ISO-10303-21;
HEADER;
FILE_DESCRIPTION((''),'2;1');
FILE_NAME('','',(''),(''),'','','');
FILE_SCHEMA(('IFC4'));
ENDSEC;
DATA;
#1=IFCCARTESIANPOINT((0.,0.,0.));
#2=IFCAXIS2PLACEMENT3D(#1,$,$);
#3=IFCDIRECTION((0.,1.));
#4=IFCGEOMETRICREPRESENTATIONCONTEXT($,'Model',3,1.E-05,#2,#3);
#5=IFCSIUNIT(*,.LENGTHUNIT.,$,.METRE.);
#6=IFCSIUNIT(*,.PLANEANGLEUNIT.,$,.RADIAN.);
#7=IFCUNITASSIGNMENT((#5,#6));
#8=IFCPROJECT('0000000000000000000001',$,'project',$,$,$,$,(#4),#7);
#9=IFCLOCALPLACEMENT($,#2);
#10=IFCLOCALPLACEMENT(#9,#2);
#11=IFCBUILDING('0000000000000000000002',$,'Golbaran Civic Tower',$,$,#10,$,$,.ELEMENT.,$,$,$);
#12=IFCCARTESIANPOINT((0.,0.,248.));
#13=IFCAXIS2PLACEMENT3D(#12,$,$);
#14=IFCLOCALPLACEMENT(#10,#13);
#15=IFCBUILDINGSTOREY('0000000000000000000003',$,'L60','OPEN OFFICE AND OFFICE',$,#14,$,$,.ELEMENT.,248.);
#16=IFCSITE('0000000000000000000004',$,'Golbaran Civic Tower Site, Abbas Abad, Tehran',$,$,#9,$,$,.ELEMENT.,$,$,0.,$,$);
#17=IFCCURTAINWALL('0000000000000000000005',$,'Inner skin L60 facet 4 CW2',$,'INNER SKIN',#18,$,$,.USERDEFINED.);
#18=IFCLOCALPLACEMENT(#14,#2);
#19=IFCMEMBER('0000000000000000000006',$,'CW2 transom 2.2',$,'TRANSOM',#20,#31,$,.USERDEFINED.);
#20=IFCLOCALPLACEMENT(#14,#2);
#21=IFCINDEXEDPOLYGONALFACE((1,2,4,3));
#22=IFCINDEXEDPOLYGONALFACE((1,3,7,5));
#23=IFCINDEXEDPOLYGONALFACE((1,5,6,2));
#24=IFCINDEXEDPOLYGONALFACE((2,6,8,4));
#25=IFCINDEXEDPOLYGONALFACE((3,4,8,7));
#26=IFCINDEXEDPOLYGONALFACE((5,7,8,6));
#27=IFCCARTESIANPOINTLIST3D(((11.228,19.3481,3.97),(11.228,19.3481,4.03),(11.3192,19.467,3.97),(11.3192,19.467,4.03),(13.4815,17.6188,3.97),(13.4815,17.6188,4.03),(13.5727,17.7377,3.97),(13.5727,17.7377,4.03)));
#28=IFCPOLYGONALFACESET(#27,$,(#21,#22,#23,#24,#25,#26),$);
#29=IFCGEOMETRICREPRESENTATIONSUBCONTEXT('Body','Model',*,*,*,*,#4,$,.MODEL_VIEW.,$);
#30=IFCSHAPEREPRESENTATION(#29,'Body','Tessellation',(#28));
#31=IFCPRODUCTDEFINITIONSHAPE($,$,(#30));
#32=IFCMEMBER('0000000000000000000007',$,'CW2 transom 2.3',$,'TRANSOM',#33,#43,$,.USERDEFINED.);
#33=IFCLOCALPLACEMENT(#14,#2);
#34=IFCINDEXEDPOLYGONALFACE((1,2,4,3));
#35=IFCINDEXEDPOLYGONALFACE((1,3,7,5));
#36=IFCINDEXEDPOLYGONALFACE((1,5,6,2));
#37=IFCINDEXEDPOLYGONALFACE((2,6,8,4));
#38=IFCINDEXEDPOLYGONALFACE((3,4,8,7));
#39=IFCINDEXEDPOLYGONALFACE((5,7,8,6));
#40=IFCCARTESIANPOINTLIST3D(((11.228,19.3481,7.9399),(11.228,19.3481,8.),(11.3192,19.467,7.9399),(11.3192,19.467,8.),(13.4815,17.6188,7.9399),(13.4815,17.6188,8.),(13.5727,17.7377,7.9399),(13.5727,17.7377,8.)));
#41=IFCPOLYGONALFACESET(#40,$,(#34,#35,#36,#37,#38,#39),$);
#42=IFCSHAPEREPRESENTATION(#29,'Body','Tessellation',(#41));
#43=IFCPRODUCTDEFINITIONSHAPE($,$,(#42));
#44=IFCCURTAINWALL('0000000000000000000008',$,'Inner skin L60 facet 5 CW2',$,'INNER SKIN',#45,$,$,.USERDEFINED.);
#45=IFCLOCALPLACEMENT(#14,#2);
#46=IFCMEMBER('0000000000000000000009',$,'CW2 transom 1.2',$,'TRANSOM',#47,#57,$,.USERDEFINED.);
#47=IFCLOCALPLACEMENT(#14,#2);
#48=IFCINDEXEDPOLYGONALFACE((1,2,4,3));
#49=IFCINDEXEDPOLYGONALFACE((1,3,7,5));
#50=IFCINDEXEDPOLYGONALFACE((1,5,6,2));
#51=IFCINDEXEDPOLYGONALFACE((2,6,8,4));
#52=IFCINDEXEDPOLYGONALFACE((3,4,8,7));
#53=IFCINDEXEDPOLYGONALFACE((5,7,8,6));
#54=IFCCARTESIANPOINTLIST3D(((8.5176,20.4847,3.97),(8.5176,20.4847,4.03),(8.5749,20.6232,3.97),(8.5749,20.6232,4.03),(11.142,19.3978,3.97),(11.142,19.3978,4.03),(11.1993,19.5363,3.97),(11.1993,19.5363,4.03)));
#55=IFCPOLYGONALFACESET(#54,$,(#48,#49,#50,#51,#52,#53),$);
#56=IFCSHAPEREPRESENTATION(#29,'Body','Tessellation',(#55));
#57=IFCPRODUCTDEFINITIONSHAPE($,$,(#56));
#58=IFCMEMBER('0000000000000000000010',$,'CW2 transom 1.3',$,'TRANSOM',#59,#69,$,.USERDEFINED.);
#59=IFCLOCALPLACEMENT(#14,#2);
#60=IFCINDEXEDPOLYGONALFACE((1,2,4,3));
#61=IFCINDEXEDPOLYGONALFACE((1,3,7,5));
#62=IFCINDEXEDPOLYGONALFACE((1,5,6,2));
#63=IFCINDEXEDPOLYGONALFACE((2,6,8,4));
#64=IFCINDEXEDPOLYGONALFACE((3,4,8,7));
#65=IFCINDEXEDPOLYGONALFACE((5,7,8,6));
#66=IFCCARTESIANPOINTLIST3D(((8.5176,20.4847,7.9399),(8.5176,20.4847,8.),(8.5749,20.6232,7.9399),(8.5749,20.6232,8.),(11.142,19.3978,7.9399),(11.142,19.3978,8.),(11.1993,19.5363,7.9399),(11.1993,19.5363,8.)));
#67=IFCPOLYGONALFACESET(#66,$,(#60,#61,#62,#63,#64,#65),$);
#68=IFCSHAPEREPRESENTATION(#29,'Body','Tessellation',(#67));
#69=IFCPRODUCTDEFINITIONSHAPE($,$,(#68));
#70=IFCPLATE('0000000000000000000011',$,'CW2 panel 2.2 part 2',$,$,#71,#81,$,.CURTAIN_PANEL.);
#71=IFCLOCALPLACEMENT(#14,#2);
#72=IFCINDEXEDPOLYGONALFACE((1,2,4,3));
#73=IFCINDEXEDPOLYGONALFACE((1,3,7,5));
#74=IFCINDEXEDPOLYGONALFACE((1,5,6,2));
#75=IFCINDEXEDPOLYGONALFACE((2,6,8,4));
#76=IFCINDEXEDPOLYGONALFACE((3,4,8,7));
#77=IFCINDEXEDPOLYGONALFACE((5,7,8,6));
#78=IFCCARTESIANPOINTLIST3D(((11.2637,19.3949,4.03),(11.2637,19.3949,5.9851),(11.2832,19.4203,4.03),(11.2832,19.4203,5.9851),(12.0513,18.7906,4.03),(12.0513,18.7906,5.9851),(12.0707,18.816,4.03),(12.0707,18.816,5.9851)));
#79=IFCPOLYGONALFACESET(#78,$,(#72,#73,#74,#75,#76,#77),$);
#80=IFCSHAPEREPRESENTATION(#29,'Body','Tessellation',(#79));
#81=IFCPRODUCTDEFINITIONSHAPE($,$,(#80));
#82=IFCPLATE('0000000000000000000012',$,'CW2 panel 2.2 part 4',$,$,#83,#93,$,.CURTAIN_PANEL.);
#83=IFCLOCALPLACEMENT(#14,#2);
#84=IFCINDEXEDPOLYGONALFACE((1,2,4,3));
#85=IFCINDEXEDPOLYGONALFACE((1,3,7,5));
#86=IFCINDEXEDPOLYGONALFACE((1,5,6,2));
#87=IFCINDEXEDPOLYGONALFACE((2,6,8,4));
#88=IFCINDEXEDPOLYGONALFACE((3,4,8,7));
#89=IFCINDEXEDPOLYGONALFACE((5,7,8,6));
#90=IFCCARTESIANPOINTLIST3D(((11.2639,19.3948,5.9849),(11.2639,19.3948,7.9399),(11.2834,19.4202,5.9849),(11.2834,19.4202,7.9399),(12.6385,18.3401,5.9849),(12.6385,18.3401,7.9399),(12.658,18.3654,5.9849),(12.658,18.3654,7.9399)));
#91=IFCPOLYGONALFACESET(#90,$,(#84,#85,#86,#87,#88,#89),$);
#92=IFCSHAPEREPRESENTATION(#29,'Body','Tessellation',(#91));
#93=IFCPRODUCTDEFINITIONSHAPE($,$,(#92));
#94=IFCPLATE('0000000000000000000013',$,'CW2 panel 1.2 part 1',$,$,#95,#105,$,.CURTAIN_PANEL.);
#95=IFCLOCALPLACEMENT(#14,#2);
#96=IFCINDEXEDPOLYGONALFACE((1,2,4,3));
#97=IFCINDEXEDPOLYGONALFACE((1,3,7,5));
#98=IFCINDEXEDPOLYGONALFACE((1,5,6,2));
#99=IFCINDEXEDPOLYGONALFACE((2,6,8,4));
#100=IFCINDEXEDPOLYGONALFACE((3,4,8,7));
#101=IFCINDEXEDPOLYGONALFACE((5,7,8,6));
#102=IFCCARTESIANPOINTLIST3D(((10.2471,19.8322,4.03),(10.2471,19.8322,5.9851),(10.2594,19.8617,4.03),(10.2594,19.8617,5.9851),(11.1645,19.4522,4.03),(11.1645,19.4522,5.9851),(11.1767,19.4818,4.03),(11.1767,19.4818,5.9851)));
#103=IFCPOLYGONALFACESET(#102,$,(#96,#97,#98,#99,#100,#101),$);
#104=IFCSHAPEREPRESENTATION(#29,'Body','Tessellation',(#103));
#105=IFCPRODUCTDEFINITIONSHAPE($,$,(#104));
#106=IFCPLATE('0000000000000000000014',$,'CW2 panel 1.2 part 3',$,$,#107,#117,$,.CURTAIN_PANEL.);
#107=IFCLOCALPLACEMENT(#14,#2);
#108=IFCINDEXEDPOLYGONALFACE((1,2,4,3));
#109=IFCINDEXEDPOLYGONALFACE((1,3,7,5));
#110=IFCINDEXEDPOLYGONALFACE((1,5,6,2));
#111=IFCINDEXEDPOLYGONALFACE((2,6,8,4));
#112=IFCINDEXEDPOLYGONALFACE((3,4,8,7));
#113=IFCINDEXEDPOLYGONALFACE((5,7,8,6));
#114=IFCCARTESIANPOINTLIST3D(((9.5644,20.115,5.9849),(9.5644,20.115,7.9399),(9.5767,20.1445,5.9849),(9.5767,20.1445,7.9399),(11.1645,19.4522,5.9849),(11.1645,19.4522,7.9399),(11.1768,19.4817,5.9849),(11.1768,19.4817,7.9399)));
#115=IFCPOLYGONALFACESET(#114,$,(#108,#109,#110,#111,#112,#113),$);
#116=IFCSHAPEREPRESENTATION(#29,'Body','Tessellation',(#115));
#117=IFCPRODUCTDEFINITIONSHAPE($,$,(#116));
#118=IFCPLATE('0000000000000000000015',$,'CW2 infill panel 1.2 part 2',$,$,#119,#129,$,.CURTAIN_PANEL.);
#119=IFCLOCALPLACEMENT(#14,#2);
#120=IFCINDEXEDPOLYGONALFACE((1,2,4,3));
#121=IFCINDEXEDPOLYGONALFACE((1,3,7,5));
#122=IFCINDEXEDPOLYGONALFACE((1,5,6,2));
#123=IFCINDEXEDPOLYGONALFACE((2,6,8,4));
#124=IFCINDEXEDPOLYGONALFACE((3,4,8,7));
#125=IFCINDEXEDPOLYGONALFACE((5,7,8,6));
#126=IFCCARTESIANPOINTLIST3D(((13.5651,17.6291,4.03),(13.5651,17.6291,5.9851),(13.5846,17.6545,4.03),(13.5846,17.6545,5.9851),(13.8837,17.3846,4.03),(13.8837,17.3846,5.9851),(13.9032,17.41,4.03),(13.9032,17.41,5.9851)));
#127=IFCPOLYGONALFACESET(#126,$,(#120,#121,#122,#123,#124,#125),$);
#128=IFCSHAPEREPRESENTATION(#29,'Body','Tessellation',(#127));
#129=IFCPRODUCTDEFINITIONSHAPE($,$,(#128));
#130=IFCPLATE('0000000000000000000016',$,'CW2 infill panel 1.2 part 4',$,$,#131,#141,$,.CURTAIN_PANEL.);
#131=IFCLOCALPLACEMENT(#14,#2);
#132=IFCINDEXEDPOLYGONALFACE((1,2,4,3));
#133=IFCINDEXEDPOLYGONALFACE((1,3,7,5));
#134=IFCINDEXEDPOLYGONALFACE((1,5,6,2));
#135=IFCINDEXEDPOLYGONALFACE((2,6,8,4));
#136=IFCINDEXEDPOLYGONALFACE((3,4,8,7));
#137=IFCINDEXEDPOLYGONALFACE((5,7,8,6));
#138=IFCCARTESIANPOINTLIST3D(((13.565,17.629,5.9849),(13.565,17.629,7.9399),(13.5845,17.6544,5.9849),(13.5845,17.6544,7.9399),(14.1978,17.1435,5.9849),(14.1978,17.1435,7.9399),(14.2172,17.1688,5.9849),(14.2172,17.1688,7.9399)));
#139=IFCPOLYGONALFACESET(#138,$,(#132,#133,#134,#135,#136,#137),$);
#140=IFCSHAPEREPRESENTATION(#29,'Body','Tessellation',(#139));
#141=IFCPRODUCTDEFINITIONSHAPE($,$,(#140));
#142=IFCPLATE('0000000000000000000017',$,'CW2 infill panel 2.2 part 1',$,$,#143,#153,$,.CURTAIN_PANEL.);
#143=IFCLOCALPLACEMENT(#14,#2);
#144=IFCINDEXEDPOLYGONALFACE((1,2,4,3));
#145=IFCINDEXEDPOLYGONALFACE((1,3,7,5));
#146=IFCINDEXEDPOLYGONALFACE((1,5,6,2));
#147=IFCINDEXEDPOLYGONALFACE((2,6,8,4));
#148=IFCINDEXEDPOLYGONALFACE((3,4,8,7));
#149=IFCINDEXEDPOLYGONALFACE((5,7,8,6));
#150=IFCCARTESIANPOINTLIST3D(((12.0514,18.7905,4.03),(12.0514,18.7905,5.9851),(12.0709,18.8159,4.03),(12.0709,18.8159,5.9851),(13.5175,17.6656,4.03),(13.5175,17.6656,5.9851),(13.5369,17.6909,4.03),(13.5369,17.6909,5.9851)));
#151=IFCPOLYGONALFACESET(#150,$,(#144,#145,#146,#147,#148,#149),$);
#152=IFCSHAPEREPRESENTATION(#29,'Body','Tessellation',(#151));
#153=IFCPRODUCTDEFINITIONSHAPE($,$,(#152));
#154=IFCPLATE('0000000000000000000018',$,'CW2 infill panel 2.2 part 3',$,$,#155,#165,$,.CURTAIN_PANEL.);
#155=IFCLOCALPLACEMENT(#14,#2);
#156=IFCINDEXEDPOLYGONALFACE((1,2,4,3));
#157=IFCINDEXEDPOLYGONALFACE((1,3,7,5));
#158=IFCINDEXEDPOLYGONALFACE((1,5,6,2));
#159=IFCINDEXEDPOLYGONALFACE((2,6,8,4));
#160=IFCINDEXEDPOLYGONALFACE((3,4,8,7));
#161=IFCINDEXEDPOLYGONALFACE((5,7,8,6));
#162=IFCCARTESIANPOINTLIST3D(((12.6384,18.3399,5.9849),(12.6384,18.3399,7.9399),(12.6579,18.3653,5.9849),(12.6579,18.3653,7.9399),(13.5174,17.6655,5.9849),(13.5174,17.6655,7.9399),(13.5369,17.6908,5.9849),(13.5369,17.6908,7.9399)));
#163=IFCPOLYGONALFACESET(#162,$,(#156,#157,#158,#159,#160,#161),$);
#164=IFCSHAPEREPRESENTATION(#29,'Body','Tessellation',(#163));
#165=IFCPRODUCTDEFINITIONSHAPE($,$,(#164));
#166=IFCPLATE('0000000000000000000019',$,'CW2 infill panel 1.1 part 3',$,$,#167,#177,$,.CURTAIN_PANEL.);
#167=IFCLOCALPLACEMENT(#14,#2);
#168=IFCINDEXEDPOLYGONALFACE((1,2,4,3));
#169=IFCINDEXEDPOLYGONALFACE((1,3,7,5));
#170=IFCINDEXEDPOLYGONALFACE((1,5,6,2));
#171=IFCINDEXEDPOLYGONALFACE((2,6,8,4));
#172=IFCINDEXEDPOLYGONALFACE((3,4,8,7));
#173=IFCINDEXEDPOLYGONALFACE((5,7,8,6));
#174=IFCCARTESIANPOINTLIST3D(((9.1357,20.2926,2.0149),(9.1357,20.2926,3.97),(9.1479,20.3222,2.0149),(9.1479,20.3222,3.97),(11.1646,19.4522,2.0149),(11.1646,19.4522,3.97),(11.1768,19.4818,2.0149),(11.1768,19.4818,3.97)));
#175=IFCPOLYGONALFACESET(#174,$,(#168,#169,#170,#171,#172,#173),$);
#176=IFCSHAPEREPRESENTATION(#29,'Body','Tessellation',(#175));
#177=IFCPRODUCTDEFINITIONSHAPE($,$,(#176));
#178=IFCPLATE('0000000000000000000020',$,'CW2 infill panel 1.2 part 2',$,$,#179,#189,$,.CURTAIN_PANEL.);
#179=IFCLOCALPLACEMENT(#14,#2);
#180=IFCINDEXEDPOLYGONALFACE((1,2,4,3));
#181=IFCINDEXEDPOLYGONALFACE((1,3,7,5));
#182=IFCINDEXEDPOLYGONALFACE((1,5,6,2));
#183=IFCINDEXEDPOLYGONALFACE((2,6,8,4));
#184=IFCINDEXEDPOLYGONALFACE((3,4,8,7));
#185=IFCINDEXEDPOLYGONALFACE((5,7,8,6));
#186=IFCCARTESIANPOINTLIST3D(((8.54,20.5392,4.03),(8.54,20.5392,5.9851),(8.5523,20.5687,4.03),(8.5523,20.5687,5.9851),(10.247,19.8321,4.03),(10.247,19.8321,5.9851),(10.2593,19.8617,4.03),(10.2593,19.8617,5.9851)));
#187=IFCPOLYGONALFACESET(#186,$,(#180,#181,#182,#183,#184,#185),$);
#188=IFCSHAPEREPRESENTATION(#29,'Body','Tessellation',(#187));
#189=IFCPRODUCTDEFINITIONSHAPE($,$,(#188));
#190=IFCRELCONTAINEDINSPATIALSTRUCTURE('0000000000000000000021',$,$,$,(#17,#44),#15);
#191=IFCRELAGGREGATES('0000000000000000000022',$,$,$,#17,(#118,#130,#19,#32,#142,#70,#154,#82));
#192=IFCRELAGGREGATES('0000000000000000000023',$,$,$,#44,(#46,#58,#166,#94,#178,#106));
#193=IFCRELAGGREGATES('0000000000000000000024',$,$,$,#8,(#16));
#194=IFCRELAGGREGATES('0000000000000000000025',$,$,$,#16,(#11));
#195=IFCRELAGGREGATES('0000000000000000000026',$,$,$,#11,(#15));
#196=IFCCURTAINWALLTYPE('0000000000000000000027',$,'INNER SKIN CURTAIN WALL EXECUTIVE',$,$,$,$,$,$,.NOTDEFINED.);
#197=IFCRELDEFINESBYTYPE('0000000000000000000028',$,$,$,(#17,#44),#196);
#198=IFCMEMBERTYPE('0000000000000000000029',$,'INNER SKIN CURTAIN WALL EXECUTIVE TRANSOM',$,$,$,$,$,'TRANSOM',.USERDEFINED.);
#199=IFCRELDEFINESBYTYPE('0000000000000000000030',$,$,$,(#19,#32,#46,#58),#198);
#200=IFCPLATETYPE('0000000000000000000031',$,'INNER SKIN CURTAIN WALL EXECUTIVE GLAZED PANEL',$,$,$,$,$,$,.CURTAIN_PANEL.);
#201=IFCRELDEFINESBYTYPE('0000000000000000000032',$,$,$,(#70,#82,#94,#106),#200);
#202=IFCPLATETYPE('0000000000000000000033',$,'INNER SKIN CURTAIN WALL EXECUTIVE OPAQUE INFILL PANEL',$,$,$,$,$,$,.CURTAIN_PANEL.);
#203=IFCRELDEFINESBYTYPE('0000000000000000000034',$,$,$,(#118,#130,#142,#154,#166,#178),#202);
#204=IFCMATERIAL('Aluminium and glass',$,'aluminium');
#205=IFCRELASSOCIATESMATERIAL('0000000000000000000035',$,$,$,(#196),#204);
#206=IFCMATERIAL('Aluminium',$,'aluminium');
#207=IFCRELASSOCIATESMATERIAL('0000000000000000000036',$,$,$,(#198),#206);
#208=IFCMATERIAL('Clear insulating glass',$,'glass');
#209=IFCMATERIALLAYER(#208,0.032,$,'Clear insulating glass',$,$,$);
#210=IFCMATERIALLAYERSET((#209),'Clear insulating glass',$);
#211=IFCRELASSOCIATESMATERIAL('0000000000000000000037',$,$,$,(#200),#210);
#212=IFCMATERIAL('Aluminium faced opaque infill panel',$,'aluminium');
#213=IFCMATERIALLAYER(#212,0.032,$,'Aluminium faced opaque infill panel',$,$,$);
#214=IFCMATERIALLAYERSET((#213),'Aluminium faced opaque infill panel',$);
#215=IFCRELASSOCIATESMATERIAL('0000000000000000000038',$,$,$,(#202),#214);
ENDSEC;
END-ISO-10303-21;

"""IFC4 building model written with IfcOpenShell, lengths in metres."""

from ifc_helpers import new_model, si_unit, direction, frame, origin, origin_2d, place, context, subcontext, project, spatial, rectangle, extrude, material, layer, layer_set, material_profile, profile_set, type_object, element, aggregate, save


model = new_model("IFC4")

# Units and contexts
model_context = context("Model", 3, precision=1e-05, world=origin(), true_north=direction((0.0, 1.0)))
body_context = subcontext(model_context, "Body", "Model", "MODEL_VIEW")
ifc_project = project(units=[si_unit("LENGTHUNIT", "METRE"), si_unit("PLANEANGLEUNIT", "RADIAN")], contexts=[model_context])

# Site, building, storey
site_placement = place(None, origin())
site = spatial("IfcSite", under=ifc_project, at=site_placement, Name="Golbaran Civic Tower Site, Abbas Abad, Tehran", CompositionType="ELEMENT", RefElevation=0.0)
building_placement = place(site_placement, origin())
building = spatial("IfcBuilding", under=site, at=building_placement, Name="Golbaran Civic Tower", CompositionType="ELEMENT")
storey_placement = place(building_placement, frame((0.0, 0.0, 248.0)))
storey = spatial("IfcBuildingStorey", under=building, at=storey_placement, Name="L60", Description="OPEN OFFICE AND OFFICE", CompositionType="ELEMENT", Elevation=248.0)

# Curtain walls, members
ifc_material_1 = material(Name="Aluminium and glass", Category="aluminium")
curtain_wall_type_1 = type_object("IfcCurtainWallType", Name="INNER SKIN CURTAIN WALL EXECUTIVE", PredefinedType="NOTDEFINED", material=ifc_material_1)
curtain_wall_1_placement = place(storey_placement, origin())
curtain_wall_1 = element("IfcCurtainWall", 1, at=curtain_wall_1_placement, inside=storey, type_object=curtain_wall_type_1, Name="Inner skin L60 facet 4 CW2", ObjectType="INNER SKIN", PredefinedType="USERDEFINED")
ifc_material_2 = material(Name="Aluminium", Category="aluminium")
ifc_material_profile = material_profile(ifc_material_2, rectangle(XDim=0.1499, YDim=0.0601, at=origin_2d()), Name="INNER SKIN CURTAIN WALL EXECUTIVE TRANSOM")
ifc_profile_set = profile_set([ifc_material_profile], Name="Aluminium")
member_type = type_object("IfcMemberType", Name="INNER SKIN CURTAIN WALL EXECUTIVE TRANSOM", ElementType="TRANSOM", PredefinedType="USERDEFINED", material=ifc_profile_set)
member_1_placement = place(storey_placement, frame((13.5271, 17.6782, 4.0), z_axis=(-0.79333, 0.608792, 0.0), x_axis=(-0.608792, -0.79333, 0.0)))
member_1 = element("IfcMember", 2, at=member_1_placement, type_object=member_type, Name="CW2 transom 2.2", ObjectType="TRANSOM", PredefinedType="USERDEFINED", context=body_context, shape_type="SweptSolid", body=[
    extrude(rectangle(XDim=0.1499, YDim=0.0601, at=origin_2d()), origin(), (0.0, 0.0, 1.0), 2.8406),
])
member_2_placement = place(storey_placement, frame((13.5271, 17.6782, 7.97), z_axis=(-0.79333, 0.608792, 0.0), x_axis=(-0.608792, -0.79333, 0.0)))
member_2 = element("IfcMember", 3, at=member_2_placement, type_object=member_type, Name="CW2 transom 2.3", ObjectType="TRANSOM", PredefinedType="USERDEFINED", context=body_context, shape_type="SweptSolid", body=[
    extrude(rectangle(XDim=0.1499, YDim=0.0601, at=origin_2d()), origin(), (0.0, 0.0, 1.0), 2.8406),
])
curtain_wall_2_placement = place(storey_placement, origin())
curtain_wall_2 = element("IfcCurtainWall", 4, at=curtain_wall_2_placement, inside=storey, type_object=curtain_wall_type_1, Name="Inner skin L60 facet 5 CW2", ObjectType="INNER SKIN", PredefinedType="USERDEFINED")
member_3_placement = place(storey_placement, frame((11.1707, 19.467, 4.0), z_axis=(-0.923904, 0.382625, 0.0), x_axis=(-0.382625, -0.923904, 0.0)))
member_3 = element("IfcMember", 5, at=member_3_placement, type_object=member_type, Name="CW2 transom 1.2", ObjectType="TRANSOM", PredefinedType="USERDEFINED", context=body_context, shape_type="SweptSolid", body=[
    extrude(rectangle(XDim=0.1499, YDim=0.0601, at=origin_2d()), origin(), (0.0, 0.0, 1.0), 2.8406),
])
member_4_placement = place(storey_placement, frame((11.1707, 19.467, 7.97), z_axis=(-0.923904, 0.382625, 0.0), x_axis=(-0.382625, -0.923904, 0.0)))
member_4 = element("IfcMember", 6, at=member_4_placement, type_object=member_type, Name="CW2 transom 1.3", ObjectType="TRANSOM", PredefinedType="USERDEFINED", context=body_context, shape_type="SweptSolid", body=[
    extrude(rectangle(XDim=0.1499, YDim=0.0601, at=origin_2d()), origin(), (0.0, 0.0, 1.0), 2.8406),
])

# Plates
ifc_material_3 = material(Name="Clear insulating glass", Category="glass")
ifc_layer_1 = layer(ifc_material_3, 0.032, Name="Clear insulating glass")
ifc_layer_set_1 = layer_set([ifc_layer_1], Name="Clear insulating glass")
plate_type_1 = type_object("IfcPlateType", Name="INNER SKIN CURTAIN WALL EXECUTIVE GLAZED PANEL", PredefinedType="CURTAIN_PANEL", material=ifc_layer_set_1)
plate_1_placement = place(storey_placement, frame((11.6672, 19.1055, 4.03), z_axis=(0.0, 0.0, 1.0), x_axis=(-0.793353, 0.608761, 0.0)))
plate_1 = element("IfcPlate", 7, at=plate_1_placement, type_object=plate_type_1, Name="CW2 panel 2.2 part 2", PredefinedType="CURTAIN_PANEL", context=body_context, shape_type="SweptSolid", body=[
    extrude(rectangle(XDim=0.9927, YDim=0.032, at=origin_2d()), origin(), (0.0, 0.0, 1.0), 1.9551),
])
plate_2_placement = place(storey_placement, frame((11.9609, 18.8801, 5.9849), z_axis=(0.0, 0.0, 1.0), x_axis=(-0.793353, 0.608761, 0.0)))
plate_2 = element("IfcPlate", 8, at=plate_2_placement, type_object=plate_type_1, Name="CW2 panel 2.2 part 4", PredefinedType="CURTAIN_PANEL", context=body_context, shape_type="SweptSolid", body=[
    extrude(rectangle(XDim=1.7327, YDim=0.032, at=origin_2d()), origin(), (0.0, 0.0, 1.0), 1.9551),
])
plate_3_placement = place(storey_placement, frame((10.7119, 19.657, 4.03), z_axis=(0.0, 0.0, 1.0), x_axis=(-0.92388, 0.382683, 0.0)))
plate_3 = element("IfcPlate", 9, at=plate_3_placement, type_object=plate_type_1, Name="CW2 panel 1.2 part 1", PredefinedType="CURTAIN_PANEL", context=body_context, shape_type="SweptSolid", body=[
    extrude(rectangle(XDim=0.9929, YDim=0.032, at=origin_2d()), origin(), (0.0, 0.0, 1.0), 1.9551),
])
plate_4_placement = place(storey_placement, frame((10.3706, 19.7983, 5.9849), z_axis=(0.0, 0.0, 1.0), x_axis=(-0.92388, 0.382683, 0.0)))
plate_4 = element("IfcPlate", 10, at=plate_4_placement, type_object=plate_type_1, Name="CW2 panel 1.2 part 3", PredefinedType="CURTAIN_PANEL", context=body_context, shape_type="SweptSolid", body=[
    extrude(rectangle(XDim=1.7319, YDim=0.032, at=origin_2d()), origin(), (0.0, 0.0, 1.0), 1.9551),
])
ifc_material_4 = material(Name="Aluminium faced opaque infill panel", Category="aluminium")
ifc_layer_2 = layer(ifc_material_4, 0.032, Name="Aluminium faced opaque infill panel")
ifc_layer_set_2 = layer_set([ifc_layer_2], Name="Aluminium faced opaque infill panel")
plate_type_2 = type_object("IfcPlateType", Name="INNER SKIN CURTAIN WALL EXECUTIVE OPAQUE INFILL PANEL", PredefinedType="CURTAIN_PANEL", material=ifc_layer_set_2)
plate_5_placement = place(storey_placement, frame((13.7341, 17.5195, 4.03), z_axis=(0.0, 0.0, 1.0), x_axis=(-0.793353, 0.608761, 0.0)))
plate_5 = element("IfcPlate", 11, at=plate_5_placement, type_object=plate_type_2, Name="CW2 infill panel 1.2 part 2", PredefinedType="CURTAIN_PANEL", context=body_context, shape_type="SweptSolid", body=[
    extrude(rectangle(XDim=0.4016, YDim=0.032, at=origin_2d()), origin(), (0.0, 0.0, 1.0), 1.9551),
])
plate_6_placement = place(storey_placement, frame((13.8911, 17.3989, 5.9849), z_axis=(0.0, 0.0, 1.0), x_axis=(-0.793353, 0.608761, 0.0)))
plate_6 = element("IfcPlate", 12, at=plate_6_placement, type_object=plate_type_2, Name="CW2 infill panel 1.2 part 4", PredefinedType="CURTAIN_PANEL", context=body_context, shape_type="SweptSolid", body=[
    extrude(rectangle(XDim=0.7976, YDim=0.032, at=origin_2d()), origin(), (0.0, 0.0, 1.0), 1.9551),
])
plate_7_placement = place(storey_placement, frame((12.7942, 18.2407, 4.03), z_axis=(0.0, 0.0, 1.0), x_axis=(-0.793353, 0.608761, 0.0)))
plate_7 = element("IfcPlate", 13, at=plate_7_placement, type_object=plate_type_2, Name="CW2 infill panel 2.2 part 1", PredefinedType="CURTAIN_PANEL", context=body_context, shape_type="SweptSolid", body=[
    extrude(rectangle(XDim=1.8479, YDim=0.032, at=origin_2d()), origin(), (0.0, 0.0, 1.0), 1.9551),
])
plate_8_placement = place(storey_placement, frame((13.0876, 18.0154, 5.9849), z_axis=(0.0, 0.0, 1.0), x_axis=(-0.793353, 0.608761, 0.0)))
plate_8 = element("IfcPlate", 14, at=plate_8_placement, type_object=plate_type_2, Name="CW2 infill panel 2.2 part 3", PredefinedType="CURTAIN_PANEL", context=body_context, shape_type="SweptSolid", body=[
    extrude(rectangle(XDim=1.1079, YDim=0.032, at=origin_2d()), origin(), (0.0, 0.0, 1.0), 1.9551),
])
aggregate(curtain_wall_1, [plate_5, plate_6, member_1, member_2, plate_7, plate_1, plate_8, plate_2])
plate_9_placement = place(storey_placement, frame((10.1562, 19.8872, 2.0149), z_axis=(0.0, 0.0, 1.0), x_axis=(-0.92388, 0.382683, 0.0)))
plate_9 = element("IfcPlate", 15, at=plate_9_placement, type_object=plate_type_2, Name="CW2 infill panel 1.1 part 3", PredefinedType="CURTAIN_PANEL", context=body_context, shape_type="SweptSolid", body=[
    extrude(rectangle(XDim=2.196, YDim=0.032, at=origin_2d()), origin(), (0.0, 0.0, 1.0), 1.9551),
])
plate_10_placement = place(storey_placement, frame((9.3997, 20.2004, 4.03), z_axis=(0.0, 0.0, 1.0), x_axis=(-0.92388, 0.382683, 0.0)))
plate_10 = element("IfcPlate", 16, at=plate_10_placement, type_object=plate_type_2, Name="CW2 infill panel 1.2 part 2", PredefinedType="CURTAIN_PANEL", context=body_context, shape_type="SweptSolid", body=[
    extrude(rectangle(XDim=1.8477, YDim=0.032, at=origin_2d()), origin(), (0.0, 0.0, 1.0), 1.9551),
])
aggregate(curtain_wall_2, [member_3, member_4, plate_9, plate_3, plate_10, plate_4])

save(model, "model.ifc")
